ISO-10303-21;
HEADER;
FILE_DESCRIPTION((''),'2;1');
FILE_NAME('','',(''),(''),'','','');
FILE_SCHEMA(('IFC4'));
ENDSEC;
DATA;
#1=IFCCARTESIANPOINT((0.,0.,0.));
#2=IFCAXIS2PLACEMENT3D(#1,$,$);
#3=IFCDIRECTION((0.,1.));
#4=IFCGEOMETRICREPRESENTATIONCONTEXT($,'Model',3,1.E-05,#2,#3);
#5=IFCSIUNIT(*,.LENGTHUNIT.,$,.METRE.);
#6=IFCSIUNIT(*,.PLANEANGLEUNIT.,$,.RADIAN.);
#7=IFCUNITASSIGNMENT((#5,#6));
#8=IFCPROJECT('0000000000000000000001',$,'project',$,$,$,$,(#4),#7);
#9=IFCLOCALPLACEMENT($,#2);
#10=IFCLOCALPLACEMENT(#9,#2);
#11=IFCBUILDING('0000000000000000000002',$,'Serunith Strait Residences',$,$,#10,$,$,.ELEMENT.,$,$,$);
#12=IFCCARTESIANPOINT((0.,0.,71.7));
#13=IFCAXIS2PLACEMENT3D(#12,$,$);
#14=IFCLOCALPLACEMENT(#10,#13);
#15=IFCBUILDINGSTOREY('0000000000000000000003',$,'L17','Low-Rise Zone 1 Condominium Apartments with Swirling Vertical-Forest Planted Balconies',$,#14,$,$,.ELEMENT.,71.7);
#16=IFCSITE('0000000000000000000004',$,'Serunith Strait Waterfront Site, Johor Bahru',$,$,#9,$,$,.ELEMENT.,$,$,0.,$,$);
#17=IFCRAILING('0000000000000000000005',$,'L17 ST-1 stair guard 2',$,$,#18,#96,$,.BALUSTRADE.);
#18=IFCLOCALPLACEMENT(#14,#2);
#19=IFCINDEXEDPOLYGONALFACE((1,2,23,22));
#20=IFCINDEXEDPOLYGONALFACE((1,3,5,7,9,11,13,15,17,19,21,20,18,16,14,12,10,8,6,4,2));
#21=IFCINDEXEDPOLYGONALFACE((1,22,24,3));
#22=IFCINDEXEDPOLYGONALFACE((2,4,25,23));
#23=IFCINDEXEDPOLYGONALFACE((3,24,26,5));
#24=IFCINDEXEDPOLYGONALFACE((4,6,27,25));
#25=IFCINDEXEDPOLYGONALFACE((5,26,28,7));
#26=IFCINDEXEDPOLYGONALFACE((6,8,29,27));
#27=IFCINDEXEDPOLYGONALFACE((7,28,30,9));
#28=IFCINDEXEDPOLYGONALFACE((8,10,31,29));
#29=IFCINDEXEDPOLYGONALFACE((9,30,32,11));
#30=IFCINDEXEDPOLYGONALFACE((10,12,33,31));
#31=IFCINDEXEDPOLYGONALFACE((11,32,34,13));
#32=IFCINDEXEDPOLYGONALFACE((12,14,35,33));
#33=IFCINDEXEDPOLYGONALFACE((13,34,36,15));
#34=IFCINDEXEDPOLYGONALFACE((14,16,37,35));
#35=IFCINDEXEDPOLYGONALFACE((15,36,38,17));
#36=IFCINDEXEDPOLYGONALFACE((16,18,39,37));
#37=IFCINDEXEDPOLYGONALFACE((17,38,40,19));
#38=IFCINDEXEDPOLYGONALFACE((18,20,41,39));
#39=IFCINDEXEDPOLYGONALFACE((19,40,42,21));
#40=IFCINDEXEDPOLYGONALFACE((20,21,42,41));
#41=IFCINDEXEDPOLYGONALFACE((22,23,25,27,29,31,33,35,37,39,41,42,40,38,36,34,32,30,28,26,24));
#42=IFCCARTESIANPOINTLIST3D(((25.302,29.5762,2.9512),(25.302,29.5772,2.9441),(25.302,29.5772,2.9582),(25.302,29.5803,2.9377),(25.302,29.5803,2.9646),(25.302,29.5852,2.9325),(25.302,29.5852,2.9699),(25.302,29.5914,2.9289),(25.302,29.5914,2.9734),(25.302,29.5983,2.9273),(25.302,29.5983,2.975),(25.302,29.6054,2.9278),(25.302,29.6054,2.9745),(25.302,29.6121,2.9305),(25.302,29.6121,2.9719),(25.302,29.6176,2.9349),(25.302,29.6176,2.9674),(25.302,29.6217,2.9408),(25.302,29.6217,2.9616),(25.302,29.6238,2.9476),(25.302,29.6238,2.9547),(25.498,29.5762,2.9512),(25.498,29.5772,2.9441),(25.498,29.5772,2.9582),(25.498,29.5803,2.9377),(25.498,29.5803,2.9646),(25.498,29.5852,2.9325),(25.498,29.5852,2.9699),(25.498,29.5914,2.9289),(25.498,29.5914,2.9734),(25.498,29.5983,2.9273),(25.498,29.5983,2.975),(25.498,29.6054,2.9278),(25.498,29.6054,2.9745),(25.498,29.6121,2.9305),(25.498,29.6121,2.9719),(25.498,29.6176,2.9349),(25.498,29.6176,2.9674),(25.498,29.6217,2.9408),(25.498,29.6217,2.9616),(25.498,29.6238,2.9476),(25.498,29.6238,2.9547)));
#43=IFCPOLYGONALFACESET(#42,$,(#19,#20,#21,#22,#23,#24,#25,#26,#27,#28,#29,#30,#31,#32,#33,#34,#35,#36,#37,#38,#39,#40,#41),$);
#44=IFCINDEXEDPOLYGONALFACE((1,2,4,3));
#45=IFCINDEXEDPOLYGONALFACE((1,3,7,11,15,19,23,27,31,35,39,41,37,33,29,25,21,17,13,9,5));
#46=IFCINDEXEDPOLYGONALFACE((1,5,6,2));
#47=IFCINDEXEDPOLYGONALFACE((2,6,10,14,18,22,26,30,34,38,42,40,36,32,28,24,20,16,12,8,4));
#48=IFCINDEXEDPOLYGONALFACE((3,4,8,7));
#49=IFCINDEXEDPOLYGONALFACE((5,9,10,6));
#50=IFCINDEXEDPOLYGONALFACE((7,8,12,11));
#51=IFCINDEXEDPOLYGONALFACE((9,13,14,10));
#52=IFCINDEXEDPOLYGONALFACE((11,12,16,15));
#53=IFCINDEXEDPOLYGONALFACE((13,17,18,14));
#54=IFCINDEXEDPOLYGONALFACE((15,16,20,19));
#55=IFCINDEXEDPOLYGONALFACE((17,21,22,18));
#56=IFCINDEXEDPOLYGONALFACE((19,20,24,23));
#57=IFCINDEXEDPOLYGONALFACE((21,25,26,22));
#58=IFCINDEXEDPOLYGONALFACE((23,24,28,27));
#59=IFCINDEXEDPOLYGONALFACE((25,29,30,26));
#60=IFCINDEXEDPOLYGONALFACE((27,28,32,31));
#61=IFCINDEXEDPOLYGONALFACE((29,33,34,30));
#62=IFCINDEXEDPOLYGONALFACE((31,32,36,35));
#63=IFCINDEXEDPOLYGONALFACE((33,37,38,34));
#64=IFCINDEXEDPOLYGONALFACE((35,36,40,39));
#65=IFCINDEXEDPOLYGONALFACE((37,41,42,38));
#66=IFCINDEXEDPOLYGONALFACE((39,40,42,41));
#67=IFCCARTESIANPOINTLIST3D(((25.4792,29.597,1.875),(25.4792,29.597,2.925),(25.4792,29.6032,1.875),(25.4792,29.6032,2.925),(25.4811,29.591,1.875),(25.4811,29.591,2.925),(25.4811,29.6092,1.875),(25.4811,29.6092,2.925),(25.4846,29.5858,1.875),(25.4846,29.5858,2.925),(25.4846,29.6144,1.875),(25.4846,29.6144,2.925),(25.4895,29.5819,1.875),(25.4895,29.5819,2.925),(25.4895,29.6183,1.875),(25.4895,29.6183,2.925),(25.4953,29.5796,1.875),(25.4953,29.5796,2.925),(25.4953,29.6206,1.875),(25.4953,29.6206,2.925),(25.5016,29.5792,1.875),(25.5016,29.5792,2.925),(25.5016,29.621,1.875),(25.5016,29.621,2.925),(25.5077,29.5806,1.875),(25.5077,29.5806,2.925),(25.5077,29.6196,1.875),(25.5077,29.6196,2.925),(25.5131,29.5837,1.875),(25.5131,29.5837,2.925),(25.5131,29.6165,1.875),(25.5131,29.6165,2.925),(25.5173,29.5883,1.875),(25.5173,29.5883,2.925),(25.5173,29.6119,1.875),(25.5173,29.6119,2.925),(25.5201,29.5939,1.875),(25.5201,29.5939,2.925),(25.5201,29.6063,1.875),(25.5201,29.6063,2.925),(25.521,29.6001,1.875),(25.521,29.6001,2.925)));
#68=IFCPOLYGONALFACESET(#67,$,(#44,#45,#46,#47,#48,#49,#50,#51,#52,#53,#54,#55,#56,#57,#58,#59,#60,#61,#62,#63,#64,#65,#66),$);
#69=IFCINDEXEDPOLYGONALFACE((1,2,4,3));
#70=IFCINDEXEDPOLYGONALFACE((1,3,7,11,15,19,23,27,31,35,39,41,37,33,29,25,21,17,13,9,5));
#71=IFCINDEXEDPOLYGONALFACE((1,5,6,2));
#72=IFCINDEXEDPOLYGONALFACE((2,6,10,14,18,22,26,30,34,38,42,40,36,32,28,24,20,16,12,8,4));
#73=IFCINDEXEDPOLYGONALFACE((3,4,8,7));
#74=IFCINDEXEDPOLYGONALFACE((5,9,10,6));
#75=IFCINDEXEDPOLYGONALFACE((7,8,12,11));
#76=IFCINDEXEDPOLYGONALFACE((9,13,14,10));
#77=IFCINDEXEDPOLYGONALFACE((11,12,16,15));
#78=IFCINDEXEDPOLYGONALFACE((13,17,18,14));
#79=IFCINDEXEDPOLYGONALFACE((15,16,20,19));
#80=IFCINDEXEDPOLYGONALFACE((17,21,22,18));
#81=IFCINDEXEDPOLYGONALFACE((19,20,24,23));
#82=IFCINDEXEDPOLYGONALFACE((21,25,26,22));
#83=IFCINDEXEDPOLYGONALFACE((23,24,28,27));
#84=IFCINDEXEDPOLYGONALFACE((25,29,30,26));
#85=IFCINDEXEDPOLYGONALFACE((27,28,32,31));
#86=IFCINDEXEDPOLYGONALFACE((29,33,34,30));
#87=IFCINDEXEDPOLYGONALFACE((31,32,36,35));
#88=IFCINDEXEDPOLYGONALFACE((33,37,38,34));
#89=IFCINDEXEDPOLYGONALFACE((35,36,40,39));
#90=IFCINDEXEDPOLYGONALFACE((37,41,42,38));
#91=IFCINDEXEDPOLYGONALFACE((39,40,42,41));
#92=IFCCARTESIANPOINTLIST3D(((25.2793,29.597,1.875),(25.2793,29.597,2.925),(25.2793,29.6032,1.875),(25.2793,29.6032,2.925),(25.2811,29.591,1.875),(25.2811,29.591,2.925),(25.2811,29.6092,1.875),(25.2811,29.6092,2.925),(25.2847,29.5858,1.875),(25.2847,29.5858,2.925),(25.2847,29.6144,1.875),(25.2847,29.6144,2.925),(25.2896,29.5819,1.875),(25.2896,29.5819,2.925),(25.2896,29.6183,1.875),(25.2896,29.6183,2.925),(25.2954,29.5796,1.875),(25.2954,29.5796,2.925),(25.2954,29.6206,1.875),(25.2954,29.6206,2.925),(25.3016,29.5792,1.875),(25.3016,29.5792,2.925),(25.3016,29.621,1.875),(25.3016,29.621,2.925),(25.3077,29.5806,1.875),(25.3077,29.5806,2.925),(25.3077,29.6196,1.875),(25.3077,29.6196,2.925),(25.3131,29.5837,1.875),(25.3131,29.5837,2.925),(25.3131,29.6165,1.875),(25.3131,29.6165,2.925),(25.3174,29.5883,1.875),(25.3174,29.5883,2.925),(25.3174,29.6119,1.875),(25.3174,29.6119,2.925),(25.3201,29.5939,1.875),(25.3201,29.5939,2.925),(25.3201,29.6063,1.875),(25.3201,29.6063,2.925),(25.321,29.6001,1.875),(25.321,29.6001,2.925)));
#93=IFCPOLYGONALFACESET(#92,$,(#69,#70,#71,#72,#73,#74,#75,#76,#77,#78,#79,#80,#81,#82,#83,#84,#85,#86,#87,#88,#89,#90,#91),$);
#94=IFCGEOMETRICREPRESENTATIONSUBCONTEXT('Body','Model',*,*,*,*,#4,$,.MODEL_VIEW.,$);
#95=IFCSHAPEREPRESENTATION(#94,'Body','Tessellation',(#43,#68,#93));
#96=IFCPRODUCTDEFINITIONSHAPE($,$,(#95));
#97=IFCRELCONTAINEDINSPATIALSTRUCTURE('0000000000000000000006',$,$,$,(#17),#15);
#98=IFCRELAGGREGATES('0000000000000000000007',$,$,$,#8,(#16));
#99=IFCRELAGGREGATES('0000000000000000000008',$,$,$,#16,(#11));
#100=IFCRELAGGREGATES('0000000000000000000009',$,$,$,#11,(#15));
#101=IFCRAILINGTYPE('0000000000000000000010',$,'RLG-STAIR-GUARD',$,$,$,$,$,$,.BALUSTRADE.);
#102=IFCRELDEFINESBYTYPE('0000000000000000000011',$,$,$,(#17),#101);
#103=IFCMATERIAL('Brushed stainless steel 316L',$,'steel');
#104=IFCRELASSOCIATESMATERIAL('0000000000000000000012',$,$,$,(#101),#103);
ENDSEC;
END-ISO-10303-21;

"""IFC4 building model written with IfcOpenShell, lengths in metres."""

from ifc_helpers import new_model, si_unit, direction, frame, origin, origin_2d, place, context, subcontext, project, spatial, circle, extrude, material, type_object, element, save


model = new_model("IFC4")

# Units and contexts
model_context = context("Model", 3, precision=1e-05, world=origin(), true_north=direction((0.0, 1.0)))
body_context = subcontext(model_context, "Body", "Model", "MODEL_VIEW")
ifc_project = project(units=[si_unit("LENGTHUNIT", "METRE"), si_unit("PLANEANGLEUNIT", "RADIAN")], contexts=[model_context])

# Site, building, storey
site_placement = place(None, origin())
site = spatial("IfcSite", under=ifc_project, at=site_placement, Name="Serunith Strait Waterfront Site, Johor Bahru", CompositionType="ELEMENT", RefElevation=0.0)
building_placement = place(site_placement, origin())
building = spatial("IfcBuilding", under=site, at=building_placement, Name="Serunith Strait Residences", CompositionType="ELEMENT")
storey_placement = place(building_placement, frame((0.0, 0.0, 71.7)))
storey = spatial("IfcBuildingStorey", under=building, at=storey_placement, Name="L17", Description="Low-Rise Zone 1 Condominium Apartments with Swirling Vertical-Forest Planted Balconies", CompositionType="ELEMENT", Elevation=71.7)

# Railing
ifc_material_1 = material(Name="Brushed stainless steel 316L", Category="steel")
railing_type_1 = type_object("IfcRailingType", Name="RLG-STAIR-GUARD", PredefinedType="BALUSTRADE", material=ifc_material_1)
railing_1_placement = place(storey_placement, frame((25.5, 29.6001, 1.875)))
element("IfcRailing", 1, at=railing_1_placement, inside=storey, type_object=railing_type_1, Name="L17 ST-1 stair guard 2", PredefinedType="BALUSTRADE", context=body_context, shape_type="SweptSolid", body=[
    extrude(circle(Radius=0.0239, at=origin_2d()), frame((-0.002, 0.0, 1.0762), z_axis=(-1.0, 0.0, 0.0), x_axis=(0.0, -1.0, 0.0)), (0.0, 0.0, 1.0), 0.196),
    extrude(circle(Radius=0.021, at=origin_2d()), origin(), (0.0, 0.0, 1.0), 1.05),
    extrude(circle(Radius=0.021, at=origin_2d()), frame((-0.2, 0.0, 0.0)), (0.0, 0.0, 1.0), 1.05),
])

save(model, "model.ifc")
